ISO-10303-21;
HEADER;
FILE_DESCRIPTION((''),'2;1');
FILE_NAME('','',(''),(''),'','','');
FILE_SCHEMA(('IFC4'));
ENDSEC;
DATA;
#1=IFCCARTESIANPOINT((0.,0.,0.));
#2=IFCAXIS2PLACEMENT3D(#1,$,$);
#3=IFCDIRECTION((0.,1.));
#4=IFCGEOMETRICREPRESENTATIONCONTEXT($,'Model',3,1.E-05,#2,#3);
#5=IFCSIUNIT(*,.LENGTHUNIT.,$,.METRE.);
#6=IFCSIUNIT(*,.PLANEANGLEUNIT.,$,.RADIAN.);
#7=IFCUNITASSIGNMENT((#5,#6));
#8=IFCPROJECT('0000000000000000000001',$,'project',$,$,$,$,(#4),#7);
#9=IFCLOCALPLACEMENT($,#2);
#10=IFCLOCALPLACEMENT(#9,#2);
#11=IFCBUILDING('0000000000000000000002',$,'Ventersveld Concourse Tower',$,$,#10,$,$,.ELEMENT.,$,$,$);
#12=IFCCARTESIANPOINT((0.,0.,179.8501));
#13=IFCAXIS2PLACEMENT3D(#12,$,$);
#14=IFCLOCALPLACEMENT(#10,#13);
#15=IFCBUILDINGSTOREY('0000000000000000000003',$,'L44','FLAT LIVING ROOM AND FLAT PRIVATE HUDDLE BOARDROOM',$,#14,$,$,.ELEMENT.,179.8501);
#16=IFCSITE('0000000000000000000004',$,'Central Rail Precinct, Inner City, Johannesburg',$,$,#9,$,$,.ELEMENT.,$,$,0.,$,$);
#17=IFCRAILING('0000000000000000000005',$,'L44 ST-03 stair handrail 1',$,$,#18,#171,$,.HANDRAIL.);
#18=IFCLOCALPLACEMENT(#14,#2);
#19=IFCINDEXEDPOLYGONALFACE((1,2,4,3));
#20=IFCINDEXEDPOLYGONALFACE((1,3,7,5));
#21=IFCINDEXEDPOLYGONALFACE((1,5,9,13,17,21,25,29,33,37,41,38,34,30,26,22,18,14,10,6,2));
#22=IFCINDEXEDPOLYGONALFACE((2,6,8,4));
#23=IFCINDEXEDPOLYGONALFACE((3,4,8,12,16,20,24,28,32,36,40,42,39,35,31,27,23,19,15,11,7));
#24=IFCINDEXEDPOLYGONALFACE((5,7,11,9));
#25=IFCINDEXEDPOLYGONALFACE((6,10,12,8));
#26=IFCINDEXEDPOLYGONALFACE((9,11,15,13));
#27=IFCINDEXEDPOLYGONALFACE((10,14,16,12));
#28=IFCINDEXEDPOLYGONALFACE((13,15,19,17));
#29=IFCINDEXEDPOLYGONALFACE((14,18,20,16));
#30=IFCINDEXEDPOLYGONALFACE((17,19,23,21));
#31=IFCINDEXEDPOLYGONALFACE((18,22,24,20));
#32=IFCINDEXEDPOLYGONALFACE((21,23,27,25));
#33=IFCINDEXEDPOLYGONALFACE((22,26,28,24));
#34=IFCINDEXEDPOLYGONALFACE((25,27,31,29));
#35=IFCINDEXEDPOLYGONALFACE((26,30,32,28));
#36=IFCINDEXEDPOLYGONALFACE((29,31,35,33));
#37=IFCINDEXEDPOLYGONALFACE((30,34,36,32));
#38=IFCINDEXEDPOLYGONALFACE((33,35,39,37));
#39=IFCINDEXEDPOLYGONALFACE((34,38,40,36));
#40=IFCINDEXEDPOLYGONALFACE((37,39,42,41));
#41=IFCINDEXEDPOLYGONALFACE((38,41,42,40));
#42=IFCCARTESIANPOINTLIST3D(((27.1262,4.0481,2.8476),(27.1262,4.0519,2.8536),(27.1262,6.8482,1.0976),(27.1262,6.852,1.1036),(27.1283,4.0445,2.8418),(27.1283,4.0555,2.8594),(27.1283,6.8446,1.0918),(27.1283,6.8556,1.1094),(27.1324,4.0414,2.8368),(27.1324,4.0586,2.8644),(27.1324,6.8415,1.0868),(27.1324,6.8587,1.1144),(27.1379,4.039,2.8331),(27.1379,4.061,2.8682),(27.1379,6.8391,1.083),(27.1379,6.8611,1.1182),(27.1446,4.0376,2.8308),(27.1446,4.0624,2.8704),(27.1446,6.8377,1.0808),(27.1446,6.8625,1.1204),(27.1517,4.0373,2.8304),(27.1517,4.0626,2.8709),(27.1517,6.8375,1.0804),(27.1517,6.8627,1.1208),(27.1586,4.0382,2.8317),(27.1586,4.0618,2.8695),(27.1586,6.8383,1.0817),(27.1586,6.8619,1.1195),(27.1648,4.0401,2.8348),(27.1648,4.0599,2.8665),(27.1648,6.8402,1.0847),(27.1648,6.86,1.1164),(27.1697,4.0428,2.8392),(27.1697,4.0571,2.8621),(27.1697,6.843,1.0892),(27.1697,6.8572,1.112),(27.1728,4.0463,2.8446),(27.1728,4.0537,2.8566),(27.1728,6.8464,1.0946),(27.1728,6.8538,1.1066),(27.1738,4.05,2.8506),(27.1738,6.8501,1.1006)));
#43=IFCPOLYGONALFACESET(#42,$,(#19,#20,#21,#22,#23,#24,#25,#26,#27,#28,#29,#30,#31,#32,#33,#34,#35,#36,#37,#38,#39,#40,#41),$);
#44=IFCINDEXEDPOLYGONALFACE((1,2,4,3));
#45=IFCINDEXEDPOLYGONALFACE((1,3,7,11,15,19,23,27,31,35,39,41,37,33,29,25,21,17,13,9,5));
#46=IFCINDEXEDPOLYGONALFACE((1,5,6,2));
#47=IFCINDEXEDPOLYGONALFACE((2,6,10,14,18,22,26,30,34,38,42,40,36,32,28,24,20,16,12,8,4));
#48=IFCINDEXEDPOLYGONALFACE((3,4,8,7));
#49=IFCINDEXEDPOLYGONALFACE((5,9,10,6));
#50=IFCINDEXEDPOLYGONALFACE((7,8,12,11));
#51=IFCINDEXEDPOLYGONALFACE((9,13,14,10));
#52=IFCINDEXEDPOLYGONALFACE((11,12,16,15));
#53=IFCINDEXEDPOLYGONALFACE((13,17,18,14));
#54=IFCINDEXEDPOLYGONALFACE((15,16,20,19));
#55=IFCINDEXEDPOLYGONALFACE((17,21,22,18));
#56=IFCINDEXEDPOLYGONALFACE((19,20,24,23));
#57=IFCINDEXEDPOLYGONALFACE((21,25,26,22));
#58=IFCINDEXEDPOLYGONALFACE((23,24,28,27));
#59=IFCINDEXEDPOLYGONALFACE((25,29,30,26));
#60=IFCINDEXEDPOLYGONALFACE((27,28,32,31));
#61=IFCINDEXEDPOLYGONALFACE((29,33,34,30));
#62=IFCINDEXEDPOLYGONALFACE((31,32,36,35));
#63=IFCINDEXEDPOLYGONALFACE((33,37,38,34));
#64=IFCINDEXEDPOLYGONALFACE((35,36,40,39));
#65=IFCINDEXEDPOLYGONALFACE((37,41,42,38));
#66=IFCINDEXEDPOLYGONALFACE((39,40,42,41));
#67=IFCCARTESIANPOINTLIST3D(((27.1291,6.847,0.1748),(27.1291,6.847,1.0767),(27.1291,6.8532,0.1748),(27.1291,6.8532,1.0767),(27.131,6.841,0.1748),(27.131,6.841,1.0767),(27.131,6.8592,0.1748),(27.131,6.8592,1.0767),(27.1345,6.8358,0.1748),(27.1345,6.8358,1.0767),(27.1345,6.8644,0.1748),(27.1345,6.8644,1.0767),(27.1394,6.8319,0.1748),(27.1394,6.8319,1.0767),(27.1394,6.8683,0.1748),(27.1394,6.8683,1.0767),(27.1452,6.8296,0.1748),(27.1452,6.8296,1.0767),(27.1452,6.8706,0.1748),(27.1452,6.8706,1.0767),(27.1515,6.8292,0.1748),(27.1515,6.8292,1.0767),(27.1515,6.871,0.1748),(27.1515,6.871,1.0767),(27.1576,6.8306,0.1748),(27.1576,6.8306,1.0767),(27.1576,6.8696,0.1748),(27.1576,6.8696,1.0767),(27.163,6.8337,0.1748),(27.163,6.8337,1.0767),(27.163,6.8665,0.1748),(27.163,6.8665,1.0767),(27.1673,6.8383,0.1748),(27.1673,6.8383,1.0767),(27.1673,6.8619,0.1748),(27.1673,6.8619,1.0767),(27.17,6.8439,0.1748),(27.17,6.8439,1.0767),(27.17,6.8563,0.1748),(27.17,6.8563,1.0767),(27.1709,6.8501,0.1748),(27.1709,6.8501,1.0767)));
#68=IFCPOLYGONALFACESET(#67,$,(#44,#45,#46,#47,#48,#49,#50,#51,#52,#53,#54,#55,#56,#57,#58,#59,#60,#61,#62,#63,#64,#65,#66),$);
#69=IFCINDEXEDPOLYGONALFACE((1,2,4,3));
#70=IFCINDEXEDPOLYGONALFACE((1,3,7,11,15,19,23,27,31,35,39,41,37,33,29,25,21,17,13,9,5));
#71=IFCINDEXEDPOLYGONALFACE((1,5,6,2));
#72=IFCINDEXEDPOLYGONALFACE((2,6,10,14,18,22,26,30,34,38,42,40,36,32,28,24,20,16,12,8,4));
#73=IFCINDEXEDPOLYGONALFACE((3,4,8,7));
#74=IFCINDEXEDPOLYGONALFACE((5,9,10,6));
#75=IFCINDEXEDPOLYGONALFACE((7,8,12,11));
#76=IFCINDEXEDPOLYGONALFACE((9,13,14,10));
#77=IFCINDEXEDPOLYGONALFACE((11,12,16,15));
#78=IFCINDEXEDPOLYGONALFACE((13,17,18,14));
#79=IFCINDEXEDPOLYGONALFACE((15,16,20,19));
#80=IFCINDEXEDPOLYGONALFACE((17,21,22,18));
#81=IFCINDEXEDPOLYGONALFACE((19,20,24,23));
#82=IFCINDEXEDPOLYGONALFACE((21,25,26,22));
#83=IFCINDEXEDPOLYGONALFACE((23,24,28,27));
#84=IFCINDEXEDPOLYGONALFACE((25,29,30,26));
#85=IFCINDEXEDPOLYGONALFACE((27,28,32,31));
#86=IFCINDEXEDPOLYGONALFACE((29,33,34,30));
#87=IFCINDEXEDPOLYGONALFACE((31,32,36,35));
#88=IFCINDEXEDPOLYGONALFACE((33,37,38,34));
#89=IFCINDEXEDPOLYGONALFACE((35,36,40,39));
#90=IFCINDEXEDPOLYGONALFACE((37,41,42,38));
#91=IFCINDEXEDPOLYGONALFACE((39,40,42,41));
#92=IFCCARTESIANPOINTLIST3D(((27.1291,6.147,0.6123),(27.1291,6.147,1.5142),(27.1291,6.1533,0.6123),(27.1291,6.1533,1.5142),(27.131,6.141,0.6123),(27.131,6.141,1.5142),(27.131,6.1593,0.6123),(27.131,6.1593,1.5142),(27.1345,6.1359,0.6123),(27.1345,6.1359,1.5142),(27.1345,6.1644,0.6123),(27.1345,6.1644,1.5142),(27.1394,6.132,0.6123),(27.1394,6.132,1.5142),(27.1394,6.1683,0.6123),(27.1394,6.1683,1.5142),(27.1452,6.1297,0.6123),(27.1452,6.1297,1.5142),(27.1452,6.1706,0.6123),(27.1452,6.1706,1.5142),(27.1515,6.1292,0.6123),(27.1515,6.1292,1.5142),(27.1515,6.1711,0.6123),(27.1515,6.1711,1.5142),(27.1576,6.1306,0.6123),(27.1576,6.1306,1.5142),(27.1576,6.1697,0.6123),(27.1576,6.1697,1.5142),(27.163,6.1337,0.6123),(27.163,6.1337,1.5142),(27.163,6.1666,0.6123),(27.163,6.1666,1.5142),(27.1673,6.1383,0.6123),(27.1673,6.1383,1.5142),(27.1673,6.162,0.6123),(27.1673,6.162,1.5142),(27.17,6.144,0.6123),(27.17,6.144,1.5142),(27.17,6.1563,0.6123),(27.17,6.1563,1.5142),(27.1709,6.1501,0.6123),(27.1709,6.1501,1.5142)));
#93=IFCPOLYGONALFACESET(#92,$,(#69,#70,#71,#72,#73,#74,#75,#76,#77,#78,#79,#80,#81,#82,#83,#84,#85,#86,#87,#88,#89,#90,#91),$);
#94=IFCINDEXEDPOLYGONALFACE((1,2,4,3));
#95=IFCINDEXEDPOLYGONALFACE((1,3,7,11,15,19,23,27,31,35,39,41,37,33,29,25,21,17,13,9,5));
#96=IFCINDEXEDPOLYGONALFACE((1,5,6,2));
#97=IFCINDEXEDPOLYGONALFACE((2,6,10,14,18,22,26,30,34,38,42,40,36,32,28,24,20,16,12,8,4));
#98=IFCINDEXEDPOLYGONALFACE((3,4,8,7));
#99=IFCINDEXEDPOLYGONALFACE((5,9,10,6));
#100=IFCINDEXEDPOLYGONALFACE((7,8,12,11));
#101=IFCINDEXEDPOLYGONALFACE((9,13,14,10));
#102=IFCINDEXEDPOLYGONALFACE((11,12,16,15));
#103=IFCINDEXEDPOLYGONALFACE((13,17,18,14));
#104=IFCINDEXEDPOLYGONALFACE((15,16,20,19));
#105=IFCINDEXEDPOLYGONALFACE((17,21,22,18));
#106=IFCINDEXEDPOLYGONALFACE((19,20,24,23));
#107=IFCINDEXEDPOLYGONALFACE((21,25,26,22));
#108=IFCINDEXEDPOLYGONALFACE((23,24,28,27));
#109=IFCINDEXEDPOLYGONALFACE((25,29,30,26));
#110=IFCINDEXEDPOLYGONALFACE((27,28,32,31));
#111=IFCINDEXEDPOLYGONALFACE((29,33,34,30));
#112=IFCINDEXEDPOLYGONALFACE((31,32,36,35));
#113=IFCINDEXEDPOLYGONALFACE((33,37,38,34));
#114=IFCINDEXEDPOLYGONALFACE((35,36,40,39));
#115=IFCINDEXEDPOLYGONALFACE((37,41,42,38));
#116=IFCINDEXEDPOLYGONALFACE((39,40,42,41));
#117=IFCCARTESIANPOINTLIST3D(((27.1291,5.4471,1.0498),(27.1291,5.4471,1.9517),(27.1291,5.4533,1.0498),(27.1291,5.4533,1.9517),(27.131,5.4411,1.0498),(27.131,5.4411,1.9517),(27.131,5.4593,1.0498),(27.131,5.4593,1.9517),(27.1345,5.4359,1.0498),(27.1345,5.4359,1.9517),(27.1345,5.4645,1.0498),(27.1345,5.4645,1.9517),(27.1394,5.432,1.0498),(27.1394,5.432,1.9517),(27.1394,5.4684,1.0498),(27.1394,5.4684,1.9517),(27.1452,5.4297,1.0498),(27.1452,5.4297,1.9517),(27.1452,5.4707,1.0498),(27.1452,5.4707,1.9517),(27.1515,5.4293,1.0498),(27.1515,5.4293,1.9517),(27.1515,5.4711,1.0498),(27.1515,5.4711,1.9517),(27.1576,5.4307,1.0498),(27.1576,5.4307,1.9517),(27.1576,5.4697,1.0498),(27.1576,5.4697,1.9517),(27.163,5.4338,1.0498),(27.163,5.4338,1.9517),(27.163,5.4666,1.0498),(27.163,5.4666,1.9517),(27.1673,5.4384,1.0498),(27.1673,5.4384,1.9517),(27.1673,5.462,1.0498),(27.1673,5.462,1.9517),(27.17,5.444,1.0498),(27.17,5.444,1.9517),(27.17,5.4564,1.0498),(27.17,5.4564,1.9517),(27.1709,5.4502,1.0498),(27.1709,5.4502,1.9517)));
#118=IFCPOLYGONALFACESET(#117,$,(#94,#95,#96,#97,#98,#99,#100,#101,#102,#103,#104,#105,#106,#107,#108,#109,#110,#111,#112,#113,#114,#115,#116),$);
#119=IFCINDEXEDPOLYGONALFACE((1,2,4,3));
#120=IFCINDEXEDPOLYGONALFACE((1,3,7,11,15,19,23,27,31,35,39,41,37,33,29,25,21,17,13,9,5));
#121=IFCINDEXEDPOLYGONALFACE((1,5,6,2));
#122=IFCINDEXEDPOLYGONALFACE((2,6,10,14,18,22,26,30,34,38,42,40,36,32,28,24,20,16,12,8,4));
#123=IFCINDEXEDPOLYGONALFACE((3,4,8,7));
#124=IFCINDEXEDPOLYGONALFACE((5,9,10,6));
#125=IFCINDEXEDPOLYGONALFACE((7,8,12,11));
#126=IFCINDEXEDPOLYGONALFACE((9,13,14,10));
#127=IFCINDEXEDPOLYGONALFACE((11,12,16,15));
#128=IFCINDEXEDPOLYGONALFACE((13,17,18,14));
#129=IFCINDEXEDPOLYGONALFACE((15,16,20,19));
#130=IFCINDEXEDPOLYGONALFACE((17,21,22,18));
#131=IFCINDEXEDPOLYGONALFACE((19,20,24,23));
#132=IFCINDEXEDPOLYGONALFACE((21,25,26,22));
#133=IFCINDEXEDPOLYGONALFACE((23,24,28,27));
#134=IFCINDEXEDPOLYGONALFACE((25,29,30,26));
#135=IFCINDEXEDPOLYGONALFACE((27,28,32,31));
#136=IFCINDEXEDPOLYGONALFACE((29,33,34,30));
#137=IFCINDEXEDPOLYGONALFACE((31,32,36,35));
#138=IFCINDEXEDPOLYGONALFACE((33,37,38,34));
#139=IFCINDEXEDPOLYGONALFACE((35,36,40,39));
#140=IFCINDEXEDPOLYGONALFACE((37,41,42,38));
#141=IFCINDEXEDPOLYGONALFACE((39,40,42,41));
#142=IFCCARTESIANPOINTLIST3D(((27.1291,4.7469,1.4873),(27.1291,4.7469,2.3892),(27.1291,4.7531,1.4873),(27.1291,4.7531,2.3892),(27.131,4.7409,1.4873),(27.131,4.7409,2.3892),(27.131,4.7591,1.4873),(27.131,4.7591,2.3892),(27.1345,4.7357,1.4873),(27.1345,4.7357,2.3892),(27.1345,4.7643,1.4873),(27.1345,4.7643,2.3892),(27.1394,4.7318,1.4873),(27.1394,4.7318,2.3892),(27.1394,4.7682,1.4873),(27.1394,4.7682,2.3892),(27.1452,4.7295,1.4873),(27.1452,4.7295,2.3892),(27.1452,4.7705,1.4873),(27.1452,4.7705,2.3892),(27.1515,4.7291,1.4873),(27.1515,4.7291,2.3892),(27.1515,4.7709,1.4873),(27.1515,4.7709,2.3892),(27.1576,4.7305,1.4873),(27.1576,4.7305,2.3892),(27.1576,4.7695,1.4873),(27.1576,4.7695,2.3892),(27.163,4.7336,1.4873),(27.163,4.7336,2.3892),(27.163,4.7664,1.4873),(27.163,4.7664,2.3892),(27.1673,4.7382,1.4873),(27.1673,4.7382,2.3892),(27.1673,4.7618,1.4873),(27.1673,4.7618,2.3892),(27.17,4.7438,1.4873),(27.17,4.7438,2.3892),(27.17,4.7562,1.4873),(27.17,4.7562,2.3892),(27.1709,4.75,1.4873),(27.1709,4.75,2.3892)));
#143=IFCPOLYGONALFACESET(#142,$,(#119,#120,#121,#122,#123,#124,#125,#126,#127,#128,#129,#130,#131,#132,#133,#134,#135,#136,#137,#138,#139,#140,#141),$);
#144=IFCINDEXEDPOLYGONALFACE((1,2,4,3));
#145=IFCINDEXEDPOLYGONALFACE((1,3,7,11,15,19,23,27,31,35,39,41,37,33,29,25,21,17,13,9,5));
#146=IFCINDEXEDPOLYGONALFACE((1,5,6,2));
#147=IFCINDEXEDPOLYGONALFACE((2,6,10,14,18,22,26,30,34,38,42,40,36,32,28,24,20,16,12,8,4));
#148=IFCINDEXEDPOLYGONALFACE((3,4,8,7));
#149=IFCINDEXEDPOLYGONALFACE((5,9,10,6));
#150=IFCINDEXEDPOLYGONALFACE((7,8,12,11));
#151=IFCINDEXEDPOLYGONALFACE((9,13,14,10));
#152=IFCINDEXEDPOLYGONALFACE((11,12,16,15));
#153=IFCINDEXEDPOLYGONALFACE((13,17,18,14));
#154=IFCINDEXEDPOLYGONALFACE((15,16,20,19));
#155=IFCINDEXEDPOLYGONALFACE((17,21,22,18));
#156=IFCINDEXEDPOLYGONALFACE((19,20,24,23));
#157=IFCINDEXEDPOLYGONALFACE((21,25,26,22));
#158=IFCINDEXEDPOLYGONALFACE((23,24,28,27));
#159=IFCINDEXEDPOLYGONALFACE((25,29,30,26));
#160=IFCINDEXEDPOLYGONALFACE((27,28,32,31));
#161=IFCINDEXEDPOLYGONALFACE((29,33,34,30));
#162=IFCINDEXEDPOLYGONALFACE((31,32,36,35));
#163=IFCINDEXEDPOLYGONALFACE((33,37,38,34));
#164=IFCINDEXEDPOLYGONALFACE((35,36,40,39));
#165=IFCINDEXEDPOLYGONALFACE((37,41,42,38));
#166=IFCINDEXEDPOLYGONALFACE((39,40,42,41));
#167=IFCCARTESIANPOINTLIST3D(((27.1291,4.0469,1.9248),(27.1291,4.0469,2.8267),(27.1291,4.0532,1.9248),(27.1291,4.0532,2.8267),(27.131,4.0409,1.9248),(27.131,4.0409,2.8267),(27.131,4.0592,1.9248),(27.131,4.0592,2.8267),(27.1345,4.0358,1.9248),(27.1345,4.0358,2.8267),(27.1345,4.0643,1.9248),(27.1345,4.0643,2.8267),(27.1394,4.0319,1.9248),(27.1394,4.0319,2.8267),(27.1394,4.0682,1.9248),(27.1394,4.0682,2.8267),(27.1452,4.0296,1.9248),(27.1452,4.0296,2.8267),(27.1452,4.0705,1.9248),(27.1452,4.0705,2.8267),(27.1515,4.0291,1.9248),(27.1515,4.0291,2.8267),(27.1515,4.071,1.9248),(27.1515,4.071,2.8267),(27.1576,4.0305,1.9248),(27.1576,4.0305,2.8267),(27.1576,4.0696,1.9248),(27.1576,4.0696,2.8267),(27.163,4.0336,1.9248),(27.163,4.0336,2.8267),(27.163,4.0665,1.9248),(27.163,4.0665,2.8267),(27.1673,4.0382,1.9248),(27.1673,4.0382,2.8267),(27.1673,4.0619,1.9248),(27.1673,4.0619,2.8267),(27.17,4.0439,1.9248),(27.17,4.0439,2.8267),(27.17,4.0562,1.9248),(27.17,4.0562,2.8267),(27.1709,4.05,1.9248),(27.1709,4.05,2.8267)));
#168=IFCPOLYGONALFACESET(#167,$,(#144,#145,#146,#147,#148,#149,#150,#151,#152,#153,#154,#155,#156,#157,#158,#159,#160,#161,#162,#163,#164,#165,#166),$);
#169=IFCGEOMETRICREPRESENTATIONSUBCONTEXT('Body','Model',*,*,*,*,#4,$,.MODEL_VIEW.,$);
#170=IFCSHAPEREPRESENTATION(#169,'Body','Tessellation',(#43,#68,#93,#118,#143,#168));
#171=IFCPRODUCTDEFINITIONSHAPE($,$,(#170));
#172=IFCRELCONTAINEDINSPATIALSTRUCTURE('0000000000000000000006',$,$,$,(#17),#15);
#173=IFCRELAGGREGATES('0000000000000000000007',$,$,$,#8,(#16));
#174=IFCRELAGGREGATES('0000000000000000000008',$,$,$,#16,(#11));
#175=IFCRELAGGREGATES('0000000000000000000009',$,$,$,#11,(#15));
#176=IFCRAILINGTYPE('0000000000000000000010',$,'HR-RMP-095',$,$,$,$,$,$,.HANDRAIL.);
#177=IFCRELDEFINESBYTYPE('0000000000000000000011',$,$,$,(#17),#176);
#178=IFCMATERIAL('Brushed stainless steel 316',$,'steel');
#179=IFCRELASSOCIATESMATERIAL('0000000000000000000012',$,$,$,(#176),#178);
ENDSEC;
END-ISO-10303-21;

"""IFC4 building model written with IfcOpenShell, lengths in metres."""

from ifc_helpers import new_model, si_unit, direction, frame, origin, origin_2d, place, context, subcontext, project, spatial, circle, extrude, material, type_object, element, save


model = new_model("IFC4")

# Units and contexts
model_context = context("Model", 3, precision=1e-05, world=origin(), true_north=direction((0.0, 1.0)))
body_context = subcontext(model_context, "Body", "Model", "MODEL_VIEW")
ifc_project = project(units=[si_unit("LENGTHUNIT", "METRE"), si_unit("PLANEANGLEUNIT", "RADIAN")], contexts=[model_context])

# Site, building, storey
site_placement = place(None, origin())
site = spatial("IfcSite", under=ifc_project, at=site_placement, Name="Central Rail Precinct, Inner City, Johannesburg", CompositionType="ELEMENT", RefElevation=0.0)
building_placement = place(site_placement, origin())
building = spatial("IfcBuilding", under=site, at=building_placement, Name="Ventersveld Concourse Tower", CompositionType="ELEMENT")
storey_placement = place(building_placement, frame((0.0, 0.0, 179.8501)))
storey = spatial("IfcBuildingStorey", under=building, at=storey_placement, Name="L44", Description="FLAT LIVING ROOM AND FLAT PRIVATE HUDDLE BOARDROOM", CompositionType="ELEMENT", Elevation=179.8501)

# Shared definitions
ifc_material_1 = material(Name="Brushed stainless steel 316", Category="steel")

# Railing
railing_type_1 = type_object("IfcRailingType", Name="HR-RMP-095", PredefinedType="HANDRAIL", material=ifc_material_1)
railing_1_placement = place(storey_placement, frame((27.1499, 6.8501, 0.1748)))
element("IfcRailing", 1, at=railing_1_placement, inside=storey, type_object=railing_type_1, Name="L44 ST-03 stair handrail 1", PredefinedType="HANDRAIL", context=body_context, shape_type="SweptSolid", body=[
    extrude(circle(Radius=0.0239, at=origin_2d()), frame((0.0, 0.0, 0.9258), z_axis=(0.0, -0.848002, 0.529992), x_axis=(1.0, 0.0, 0.0)), (0.0, 0.0, 1.0), 3.302),
    extrude(circle(Radius=0.021, at=origin_2d()), origin(), (0.0, 0.0, 1.0), 0.9019),
    extrude(circle(Radius=0.021, at=origin_2d()), frame((0.0, -0.7, 0.4375)), (0.0, 0.0, 1.0), 0.9019),
    extrude(circle(Radius=0.021, at=origin_2d()), frame((0.0, -1.3999, 0.875)), (0.0, 0.0, 1.0), 0.9019),
    extrude(circle(Radius=0.021, at=origin_2d()), frame((0.0, -2.1001, 1.3125)), (0.0, 0.0, 1.0), 0.9019),
    extrude(circle(Radius=0.021, at=origin_2d()), frame((0.0, -2.8, 1.75)), (0.0, 0.0, 1.0), 0.9019),
])

save(model, "model.ifc")
